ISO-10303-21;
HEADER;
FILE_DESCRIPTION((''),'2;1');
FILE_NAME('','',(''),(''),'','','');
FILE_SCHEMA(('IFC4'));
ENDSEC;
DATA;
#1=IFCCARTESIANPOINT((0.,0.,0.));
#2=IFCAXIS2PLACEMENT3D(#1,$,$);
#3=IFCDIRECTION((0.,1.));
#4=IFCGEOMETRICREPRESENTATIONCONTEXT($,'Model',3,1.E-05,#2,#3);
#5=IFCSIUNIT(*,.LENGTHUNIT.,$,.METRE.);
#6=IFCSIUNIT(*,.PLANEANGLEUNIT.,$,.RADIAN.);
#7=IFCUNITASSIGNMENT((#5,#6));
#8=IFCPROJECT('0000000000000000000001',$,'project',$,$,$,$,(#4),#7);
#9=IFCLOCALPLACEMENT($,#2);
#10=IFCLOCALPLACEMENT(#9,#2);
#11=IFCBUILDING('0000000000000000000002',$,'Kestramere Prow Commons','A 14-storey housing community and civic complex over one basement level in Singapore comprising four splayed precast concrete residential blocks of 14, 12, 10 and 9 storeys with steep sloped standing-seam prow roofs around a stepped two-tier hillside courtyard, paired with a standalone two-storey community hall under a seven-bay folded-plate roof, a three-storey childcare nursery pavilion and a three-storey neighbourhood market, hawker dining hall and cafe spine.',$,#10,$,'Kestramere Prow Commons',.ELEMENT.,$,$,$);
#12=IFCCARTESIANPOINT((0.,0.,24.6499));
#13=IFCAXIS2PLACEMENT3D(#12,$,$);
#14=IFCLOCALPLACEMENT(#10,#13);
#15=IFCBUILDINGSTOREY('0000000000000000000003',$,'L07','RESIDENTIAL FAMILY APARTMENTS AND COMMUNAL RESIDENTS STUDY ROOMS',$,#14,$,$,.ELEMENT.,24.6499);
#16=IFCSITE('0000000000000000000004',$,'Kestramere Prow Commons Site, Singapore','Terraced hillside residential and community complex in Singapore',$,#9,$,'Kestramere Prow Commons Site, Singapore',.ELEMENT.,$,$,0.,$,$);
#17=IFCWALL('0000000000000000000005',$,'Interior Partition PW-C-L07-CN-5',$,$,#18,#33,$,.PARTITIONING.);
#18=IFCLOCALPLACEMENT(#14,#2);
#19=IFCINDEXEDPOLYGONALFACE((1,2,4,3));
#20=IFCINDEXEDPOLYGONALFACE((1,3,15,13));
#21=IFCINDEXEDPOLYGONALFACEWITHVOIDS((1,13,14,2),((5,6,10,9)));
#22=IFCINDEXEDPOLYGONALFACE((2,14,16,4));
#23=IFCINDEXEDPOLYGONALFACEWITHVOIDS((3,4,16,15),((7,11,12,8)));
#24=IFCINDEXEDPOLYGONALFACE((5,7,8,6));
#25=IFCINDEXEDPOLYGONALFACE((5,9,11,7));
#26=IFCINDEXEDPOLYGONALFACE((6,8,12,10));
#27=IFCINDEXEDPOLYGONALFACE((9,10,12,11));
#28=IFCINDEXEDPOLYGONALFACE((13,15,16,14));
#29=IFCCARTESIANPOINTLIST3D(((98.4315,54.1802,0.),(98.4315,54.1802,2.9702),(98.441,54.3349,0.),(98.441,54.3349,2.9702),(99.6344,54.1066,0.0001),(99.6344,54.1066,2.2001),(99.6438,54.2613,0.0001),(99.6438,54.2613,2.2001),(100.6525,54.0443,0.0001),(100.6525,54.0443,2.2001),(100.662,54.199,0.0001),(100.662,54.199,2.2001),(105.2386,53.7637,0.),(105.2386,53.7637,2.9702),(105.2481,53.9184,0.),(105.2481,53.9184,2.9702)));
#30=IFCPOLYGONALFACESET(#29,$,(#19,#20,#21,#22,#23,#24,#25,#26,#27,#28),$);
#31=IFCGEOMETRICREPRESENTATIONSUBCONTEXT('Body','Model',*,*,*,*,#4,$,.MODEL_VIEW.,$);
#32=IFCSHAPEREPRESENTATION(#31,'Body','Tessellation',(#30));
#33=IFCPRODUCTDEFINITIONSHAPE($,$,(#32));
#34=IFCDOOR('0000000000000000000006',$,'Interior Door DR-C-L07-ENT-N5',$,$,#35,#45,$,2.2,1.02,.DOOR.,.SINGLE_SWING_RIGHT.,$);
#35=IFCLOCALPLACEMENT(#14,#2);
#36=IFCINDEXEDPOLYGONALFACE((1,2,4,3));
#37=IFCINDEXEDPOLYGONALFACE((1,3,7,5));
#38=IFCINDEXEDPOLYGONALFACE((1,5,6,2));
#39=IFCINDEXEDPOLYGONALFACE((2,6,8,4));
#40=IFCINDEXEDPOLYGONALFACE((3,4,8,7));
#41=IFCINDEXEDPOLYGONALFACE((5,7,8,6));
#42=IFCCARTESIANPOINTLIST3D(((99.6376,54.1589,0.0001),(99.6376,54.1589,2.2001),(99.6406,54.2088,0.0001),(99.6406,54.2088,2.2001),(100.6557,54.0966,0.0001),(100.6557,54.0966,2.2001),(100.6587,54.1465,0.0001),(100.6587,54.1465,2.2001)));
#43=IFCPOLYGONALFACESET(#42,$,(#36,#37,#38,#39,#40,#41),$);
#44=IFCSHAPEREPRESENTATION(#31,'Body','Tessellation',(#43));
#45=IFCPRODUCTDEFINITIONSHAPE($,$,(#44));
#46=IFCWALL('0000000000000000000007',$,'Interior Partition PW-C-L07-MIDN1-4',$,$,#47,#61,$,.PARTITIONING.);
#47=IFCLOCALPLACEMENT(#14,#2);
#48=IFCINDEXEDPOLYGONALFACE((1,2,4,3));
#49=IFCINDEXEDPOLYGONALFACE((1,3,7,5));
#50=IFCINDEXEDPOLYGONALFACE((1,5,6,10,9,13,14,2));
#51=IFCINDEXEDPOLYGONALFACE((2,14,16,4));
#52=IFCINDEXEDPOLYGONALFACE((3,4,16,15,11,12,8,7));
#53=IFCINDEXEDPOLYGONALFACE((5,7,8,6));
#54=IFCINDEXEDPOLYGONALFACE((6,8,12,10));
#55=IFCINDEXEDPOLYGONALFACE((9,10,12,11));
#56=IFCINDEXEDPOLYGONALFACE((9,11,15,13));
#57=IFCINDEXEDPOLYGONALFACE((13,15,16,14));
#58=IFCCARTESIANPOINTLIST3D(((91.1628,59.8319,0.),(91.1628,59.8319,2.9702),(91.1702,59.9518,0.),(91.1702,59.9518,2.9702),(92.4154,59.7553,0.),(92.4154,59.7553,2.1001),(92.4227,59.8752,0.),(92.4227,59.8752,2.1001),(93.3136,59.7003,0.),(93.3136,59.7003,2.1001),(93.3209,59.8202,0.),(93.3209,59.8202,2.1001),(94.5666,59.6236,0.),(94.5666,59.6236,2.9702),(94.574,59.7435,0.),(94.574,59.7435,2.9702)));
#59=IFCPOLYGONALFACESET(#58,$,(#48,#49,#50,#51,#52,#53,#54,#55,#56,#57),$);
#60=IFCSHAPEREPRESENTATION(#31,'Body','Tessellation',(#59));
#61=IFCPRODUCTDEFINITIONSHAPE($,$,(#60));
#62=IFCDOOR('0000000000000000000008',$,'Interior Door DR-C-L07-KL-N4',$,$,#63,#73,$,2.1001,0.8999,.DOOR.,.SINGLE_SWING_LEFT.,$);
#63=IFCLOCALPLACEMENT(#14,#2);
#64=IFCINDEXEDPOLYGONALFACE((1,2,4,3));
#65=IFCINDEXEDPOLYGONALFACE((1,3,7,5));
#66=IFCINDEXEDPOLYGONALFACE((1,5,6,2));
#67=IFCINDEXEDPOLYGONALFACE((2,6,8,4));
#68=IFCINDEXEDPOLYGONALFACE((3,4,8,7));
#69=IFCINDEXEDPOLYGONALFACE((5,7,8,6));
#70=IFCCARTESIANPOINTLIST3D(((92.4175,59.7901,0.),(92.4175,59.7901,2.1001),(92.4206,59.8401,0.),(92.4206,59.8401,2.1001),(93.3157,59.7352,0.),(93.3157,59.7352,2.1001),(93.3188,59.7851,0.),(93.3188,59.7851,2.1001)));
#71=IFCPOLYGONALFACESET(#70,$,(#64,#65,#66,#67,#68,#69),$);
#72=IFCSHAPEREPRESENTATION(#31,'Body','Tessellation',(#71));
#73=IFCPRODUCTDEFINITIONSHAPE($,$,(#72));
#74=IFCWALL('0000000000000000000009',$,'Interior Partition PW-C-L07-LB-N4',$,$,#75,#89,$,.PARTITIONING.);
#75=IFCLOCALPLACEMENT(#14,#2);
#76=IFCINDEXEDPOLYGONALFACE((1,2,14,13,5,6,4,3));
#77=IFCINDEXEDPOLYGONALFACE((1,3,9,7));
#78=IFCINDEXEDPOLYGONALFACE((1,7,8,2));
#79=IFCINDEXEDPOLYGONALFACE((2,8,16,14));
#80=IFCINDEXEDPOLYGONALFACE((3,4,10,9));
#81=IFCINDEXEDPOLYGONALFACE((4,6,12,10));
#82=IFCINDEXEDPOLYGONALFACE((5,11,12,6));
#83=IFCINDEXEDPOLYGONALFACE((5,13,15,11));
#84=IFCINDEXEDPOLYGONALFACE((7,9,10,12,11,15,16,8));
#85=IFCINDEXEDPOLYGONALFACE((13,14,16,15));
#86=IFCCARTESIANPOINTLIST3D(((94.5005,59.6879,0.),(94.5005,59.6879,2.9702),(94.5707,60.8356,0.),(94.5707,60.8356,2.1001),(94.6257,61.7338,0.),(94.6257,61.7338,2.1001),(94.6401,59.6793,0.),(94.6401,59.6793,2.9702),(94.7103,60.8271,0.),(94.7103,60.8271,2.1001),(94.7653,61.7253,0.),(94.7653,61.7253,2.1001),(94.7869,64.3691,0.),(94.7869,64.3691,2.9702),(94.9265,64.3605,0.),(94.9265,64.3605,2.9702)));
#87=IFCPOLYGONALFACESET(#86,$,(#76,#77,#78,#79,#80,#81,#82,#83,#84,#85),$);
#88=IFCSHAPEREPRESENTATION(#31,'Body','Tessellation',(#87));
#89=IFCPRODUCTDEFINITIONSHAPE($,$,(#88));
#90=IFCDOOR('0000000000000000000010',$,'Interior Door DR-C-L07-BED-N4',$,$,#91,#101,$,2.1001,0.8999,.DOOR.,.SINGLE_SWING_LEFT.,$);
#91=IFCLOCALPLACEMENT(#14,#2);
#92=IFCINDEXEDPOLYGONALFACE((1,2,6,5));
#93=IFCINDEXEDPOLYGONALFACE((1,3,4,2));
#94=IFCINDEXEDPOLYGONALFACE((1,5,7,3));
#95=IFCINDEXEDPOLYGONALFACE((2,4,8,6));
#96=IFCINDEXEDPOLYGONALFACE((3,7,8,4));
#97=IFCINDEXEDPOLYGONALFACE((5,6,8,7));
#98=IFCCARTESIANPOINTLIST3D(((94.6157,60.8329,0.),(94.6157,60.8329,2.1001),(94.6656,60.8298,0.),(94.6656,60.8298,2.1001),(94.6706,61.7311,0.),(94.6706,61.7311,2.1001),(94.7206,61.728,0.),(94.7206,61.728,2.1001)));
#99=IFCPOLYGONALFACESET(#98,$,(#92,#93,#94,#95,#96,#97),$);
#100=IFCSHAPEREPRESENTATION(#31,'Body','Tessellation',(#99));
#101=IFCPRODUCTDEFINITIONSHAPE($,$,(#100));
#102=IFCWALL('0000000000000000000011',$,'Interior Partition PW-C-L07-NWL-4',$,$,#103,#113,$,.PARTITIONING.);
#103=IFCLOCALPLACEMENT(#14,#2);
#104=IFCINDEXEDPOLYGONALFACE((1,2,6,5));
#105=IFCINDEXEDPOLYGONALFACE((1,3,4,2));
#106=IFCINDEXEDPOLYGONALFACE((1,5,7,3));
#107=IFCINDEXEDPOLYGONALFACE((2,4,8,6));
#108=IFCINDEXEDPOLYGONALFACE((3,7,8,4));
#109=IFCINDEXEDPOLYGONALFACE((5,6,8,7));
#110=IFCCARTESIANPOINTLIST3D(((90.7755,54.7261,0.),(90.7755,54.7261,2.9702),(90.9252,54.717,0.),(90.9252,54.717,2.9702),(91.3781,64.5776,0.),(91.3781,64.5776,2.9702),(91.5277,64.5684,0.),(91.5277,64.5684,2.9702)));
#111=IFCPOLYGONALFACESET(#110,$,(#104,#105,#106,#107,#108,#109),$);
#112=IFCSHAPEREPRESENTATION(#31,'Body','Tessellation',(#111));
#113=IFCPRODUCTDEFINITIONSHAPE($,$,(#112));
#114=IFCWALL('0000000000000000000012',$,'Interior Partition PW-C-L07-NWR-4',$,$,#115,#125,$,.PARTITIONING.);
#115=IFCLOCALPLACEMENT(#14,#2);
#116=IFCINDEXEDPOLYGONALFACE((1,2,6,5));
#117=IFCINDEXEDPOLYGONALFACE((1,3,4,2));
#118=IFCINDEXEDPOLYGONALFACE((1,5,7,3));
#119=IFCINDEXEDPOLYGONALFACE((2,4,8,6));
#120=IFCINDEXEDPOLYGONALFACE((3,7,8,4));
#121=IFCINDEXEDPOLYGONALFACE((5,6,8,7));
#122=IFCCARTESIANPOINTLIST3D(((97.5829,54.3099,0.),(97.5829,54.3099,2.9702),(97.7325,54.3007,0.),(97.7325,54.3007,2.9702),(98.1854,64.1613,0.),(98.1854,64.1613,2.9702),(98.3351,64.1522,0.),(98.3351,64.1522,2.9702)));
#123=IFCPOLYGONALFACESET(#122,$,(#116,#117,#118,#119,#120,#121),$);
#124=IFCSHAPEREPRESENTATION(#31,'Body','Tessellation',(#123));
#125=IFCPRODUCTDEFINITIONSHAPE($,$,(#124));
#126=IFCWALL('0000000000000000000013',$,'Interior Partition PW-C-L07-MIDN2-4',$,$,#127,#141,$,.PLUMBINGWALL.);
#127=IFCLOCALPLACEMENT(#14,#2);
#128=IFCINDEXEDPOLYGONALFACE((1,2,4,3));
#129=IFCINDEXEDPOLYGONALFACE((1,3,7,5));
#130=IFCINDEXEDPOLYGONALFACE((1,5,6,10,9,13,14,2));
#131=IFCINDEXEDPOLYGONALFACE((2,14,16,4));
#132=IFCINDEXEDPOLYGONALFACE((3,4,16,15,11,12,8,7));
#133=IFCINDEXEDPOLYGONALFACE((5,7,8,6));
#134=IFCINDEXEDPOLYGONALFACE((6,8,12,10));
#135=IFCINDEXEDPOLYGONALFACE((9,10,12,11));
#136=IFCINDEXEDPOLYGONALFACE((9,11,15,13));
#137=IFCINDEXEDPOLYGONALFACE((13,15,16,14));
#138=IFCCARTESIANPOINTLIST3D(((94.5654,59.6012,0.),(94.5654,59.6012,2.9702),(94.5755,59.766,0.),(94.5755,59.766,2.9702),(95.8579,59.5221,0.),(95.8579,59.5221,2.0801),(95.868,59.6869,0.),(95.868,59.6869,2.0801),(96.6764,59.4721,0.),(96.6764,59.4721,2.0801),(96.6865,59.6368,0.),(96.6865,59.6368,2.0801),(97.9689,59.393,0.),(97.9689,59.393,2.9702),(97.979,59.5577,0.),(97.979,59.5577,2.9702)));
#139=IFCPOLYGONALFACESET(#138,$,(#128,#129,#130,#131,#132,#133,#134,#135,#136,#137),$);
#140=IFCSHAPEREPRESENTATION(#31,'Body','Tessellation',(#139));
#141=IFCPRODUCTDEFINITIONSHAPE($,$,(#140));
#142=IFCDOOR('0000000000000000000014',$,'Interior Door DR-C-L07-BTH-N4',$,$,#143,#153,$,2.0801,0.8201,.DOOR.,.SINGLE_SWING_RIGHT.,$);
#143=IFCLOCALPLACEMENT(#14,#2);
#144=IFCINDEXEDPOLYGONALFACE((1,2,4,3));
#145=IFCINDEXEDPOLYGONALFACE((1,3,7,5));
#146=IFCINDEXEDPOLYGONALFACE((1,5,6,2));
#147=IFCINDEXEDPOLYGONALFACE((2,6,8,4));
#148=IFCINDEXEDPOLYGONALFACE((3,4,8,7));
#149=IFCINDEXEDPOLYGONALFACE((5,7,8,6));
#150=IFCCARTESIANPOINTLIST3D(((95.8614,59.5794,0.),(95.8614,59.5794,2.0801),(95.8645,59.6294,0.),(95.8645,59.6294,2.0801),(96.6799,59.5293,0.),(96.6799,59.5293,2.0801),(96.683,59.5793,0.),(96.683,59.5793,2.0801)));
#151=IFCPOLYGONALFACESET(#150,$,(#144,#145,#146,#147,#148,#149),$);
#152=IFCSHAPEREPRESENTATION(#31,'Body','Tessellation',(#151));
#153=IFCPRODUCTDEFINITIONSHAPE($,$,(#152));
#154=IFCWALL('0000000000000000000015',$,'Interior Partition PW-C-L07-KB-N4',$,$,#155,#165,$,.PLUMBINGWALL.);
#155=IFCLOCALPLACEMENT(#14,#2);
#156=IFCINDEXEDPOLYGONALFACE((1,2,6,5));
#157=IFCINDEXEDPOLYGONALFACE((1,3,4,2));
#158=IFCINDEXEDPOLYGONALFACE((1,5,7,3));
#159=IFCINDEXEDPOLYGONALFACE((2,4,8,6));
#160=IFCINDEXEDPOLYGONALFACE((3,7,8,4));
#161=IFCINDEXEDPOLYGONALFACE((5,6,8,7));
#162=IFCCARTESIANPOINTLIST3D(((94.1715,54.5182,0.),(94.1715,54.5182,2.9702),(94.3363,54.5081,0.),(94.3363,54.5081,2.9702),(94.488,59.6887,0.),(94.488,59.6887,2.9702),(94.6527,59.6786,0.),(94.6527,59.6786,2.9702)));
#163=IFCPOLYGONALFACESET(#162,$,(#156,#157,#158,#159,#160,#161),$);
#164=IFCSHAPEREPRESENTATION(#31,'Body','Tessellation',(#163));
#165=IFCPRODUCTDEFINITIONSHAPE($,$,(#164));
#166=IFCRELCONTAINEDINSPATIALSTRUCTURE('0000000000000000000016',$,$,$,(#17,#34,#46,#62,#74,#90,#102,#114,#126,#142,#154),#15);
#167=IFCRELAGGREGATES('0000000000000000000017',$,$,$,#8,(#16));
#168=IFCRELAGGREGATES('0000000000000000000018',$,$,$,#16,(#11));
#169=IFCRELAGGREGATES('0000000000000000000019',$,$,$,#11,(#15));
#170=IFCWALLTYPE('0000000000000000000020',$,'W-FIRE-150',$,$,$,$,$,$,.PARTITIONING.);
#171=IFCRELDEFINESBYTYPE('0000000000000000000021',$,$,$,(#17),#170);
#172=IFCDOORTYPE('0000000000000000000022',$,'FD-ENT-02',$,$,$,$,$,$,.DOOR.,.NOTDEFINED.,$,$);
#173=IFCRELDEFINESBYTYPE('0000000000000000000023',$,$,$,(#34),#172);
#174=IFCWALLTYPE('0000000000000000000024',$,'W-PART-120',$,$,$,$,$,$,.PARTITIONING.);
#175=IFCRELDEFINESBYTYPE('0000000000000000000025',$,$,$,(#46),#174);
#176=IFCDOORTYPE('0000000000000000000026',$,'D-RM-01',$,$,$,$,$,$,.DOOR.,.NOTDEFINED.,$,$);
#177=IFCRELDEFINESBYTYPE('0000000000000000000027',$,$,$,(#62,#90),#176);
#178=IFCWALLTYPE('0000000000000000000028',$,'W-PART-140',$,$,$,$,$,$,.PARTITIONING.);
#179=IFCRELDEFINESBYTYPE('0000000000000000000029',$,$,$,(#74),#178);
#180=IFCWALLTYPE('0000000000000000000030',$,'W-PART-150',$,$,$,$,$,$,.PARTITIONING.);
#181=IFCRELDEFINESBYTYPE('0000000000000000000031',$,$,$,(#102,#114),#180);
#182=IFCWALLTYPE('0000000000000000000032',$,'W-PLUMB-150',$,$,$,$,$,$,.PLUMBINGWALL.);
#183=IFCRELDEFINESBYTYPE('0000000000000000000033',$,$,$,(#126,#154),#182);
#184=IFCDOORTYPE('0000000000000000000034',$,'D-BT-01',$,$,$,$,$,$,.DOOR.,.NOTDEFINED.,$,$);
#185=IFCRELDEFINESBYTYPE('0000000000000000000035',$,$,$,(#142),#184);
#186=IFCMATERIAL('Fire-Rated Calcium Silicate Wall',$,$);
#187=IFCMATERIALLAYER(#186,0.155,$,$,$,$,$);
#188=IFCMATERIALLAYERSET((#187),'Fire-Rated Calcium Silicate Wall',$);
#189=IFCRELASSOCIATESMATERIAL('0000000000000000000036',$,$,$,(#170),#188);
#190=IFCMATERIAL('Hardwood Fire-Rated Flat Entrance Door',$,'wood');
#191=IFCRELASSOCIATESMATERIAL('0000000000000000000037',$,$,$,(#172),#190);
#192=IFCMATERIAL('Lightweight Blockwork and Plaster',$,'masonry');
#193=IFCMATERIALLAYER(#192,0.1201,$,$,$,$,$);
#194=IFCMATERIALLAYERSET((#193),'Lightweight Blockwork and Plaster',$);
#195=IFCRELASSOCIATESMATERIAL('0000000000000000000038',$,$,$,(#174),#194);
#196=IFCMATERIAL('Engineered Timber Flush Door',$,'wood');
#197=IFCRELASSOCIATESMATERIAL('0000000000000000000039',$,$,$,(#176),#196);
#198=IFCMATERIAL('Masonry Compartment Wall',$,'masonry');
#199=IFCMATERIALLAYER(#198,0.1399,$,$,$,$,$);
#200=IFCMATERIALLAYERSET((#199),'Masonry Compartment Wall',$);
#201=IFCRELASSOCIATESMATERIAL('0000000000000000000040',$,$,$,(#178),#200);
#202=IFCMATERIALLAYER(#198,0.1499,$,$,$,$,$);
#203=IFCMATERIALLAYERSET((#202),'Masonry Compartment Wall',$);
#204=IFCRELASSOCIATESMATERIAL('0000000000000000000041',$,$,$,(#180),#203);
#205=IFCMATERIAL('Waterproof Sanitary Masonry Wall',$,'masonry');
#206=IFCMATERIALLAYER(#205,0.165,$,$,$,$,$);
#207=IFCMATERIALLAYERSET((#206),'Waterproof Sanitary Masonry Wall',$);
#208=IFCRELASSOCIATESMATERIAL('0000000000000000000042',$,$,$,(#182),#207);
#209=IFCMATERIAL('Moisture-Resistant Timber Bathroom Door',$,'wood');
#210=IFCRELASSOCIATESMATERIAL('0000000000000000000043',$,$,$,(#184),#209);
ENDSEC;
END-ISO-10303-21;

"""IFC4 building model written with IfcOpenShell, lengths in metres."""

from ifc_helpers import new_model, si_unit, direction, frame, frame_2d, origin, place, context, subcontext, project, spatial, rectangle, extrude, material, layer, layer_set, type_object, element, fill, save


model = new_model("IFC4")

# Units and contexts
model_context = context("Model", 3, precision=1e-05, world=origin(), true_north=direction((0.0, 1.0)))
body_context = subcontext(model_context, "Body", "Model", "MODEL_VIEW")
ifc_project = project(units=[si_unit("LENGTHUNIT", "METRE"), si_unit("PLANEANGLEUNIT", "RADIAN")], contexts=[model_context])

# Site, building, storey
site_placement = place(None, origin())
site = spatial("IfcSite", under=ifc_project, at=site_placement, Name="Kestramere Prow Commons Site, Singapore", Description="Terraced hillside residential and community complex in Singapore", LongName="Kestramere Prow Commons Site, Singapore", CompositionType="ELEMENT", RefElevation=0.0)
building_placement = place(site_placement, origin())
building = spatial("IfcBuilding", under=site, at=building_placement, Name="Kestramere Prow Commons", Description="A 14-storey housing community and civic complex over one basement level in Singapore comprising four splayed precast concrete residential blocks of 14, 12, 10 and 9 storeys with steep sloped standing-seam prow roofs around a stepped two-tier hillside courtyard, paired with a standalone two-storey community hall under a seven-bay folded-plate roof, a three-storey childcare nursery pavilion and a three-storey neighbourhood market, hawker dining hall and cafe spine.", LongName="Kestramere Prow Commons", CompositionType="ELEMENT")
storey_placement = place(building_placement, frame((0.0, 0.0, 24.6499)))
storey = spatial("IfcBuildingStorey", under=building, at=storey_placement, Name="L07", Description="RESIDENTIAL FAMILY APARTMENTS AND COMMUNAL RESIDENTS STUDY ROOMS", CompositionType="ELEMENT", Elevation=24.6499)

# Walls, openings, doors
ifc_material_1 = material(Name="Fire-Rated Calcium Silicate Wall")
ifc_layer_1 = layer(ifc_material_1, 0.155)
ifc_layer_set_1 = layer_set([ifc_layer_1], Name="Fire-Rated Calcium Silicate Wall")
wall_type_1 = type_object("IfcWallType", Name="W-FIRE-150", PredefinedType="PARTITIONING", material=ifc_layer_set_1)
ifc_material_2 = material(Name="Hardwood Fire-Rated Flat Entrance Door", Category="wood")
wall_1_placement = place(storey_placement, frame((98.4363, 54.2576, 0.0), z_axis=(0.0, 0.0, 1.0), x_axis=(0.998133, -0.061072, 0.0)))
wall_1 = element("IfcWall", 1, at=wall_1_placement, inside=storey, type_object=wall_type_1, Name="Interior Partition PW-C-L07-CN-5", PredefinedType="PARTITIONING", context=body_context, shape_type="SweptSolid", body=[
    extrude(rectangle(XDim=6.8198, YDim=0.155, at=frame_2d((3.4099, 0.0))), origin(), (0.0, 0.0, 1.0), 2.9702),
])
opening_1_placement = place(wall_1_placement, frame((1.2051, 0.0, 0.0)))
opening_1 = element("IfcOpeningElement", 2, at=opening_1_placement, cuts=wall_1, PredefinedType="OPENING", context=body_context, shape_type="SweptSolid", body=[
    extrude(rectangle(XDim=1.02, YDim=2.2, at=frame_2d((0.51, 1.1001))), frame((0.0, 0.0925, 0.0), z_axis=(0.0, -1.0, 0.0), x_axis=(1.0, 0.0, 0.0)), (0.0, 0.0, 1.0), 0.1851),
])
door_type_1 = type_object("IfcDoorType", Name="FD-ENT-02", OperationType="NOTDEFINED", PredefinedType="DOOR", material=ifc_material_2)
door_1_placement = place(opening_1_placement, origin())
door_1 = element("IfcDoor", 3, at=door_1_placement, inside=storey, type_object=door_type_1, Name="Interior Door DR-C-L07-ENT-N5", OperationType="SINGLE_SWING_RIGHT", OverallHeight=2.2, OverallWidth=1.02, PredefinedType="DOOR", context=body_context, shape_type="SweptSolid", body=[
    extrude(rectangle(XDim=1.02, YDim=2.2, at=frame_2d((0.51, 1.1001))), frame((0.0, 0.0249, 0.0), z_axis=(0.0, -1.0, 0.0), x_axis=(1.0, 0.0, 0.0)), (0.0, 0.0, 1.0), 0.05),
])
fill(opening_1, door_1)
ifc_material_3 = material(Name="Lightweight Blockwork and Plaster", Category="masonry")
ifc_layer_2 = layer(ifc_material_3, 0.1201)
ifc_layer_set_2 = layer_set([ifc_layer_2], Name="Lightweight Blockwork and Plaster")
wall_type_2 = type_object("IfcWallType", Name="W-PART-120", PredefinedType="PARTITIONING", material=ifc_layer_set_2)
wall_2_placement = place(storey_placement, frame((91.1665, 59.8918, 0.0), z_axis=(0.0, 0.0, 1.0), x_axis=(0.998134, -0.061068, 0.0)))
wall_2 = element("IfcWall", 4, at=wall_2_placement, inside=storey, type_object=wall_type_2, Name="Interior Partition PW-C-L07-MIDN1-4", PredefinedType="PARTITIONING", context=body_context, shape_type="SweptSolid", body=[
    extrude(rectangle(XDim=3.4102, YDim=0.1201, at=frame_2d((1.7051, 0.0))), origin(), (0.0, 0.0, 1.0), 2.9702),
])
opening_2_placement = place(wall_2_placement, frame((1.2549, 0.0, 0.0)))
opening_2 = element("IfcOpeningElement", 5, at=opening_2_placement, cuts=wall_2, PredefinedType="OPENING", context=body_context, shape_type="SweptSolid", body=[
    extrude(rectangle(XDim=0.8999, YDim=2.1001, at=frame_2d((0.45, 1.05))), frame((0.0, 0.075, 0.0), z_axis=(0.0, -1.0, 0.0), x_axis=(1.0, 0.0, 0.0)), (0.0, 0.0, 1.0), 0.1501),
])
ifc_material_4 = material(Name="Engineered Timber Flush Door", Category="wood")
door_type_2 = type_object("IfcDoorType", Name="D-RM-01", OperationType="NOTDEFINED", PredefinedType="DOOR", material=ifc_material_4)
door_2_placement = place(opening_2_placement, origin())
door_2 = element("IfcDoor", 6, at=door_2_placement, inside=storey, type_object=door_type_2, Name="Interior Door DR-C-L07-KL-N4", OperationType="SINGLE_SWING_LEFT", OverallHeight=2.1001, OverallWidth=0.8999, PredefinedType="DOOR", context=body_context, shape_type="SweptSolid", body=[
    extrude(rectangle(XDim=0.8999, YDim=2.1001, at=frame_2d((0.45, 1.05))), frame((0.0, 0.0249, 0.0), z_axis=(0.0, -1.0, 0.0), x_axis=(1.0, 0.0, 0.0)), (0.0, 0.0, 1.0), 0.05),
])
fill(opening_2, door_2)
ifc_material_5 = material(Name="Masonry Compartment Wall", Category="masonry")
ifc_layer_3 = layer(ifc_material_5, 0.1399)
ifc_layer_set_3 = layer_set([ifc_layer_3], Name="Masonry Compartment Wall")
wall_type_3 = type_object("IfcWallType", Name="W-PART-140", PredefinedType="PARTITIONING", material=ifc_layer_set_3)
wall_3_placement = place(storey_placement, frame((94.5703, 59.6836, 0.0), z_axis=(0.0, 0.0, 1.0), x_axis=(0.061062, 0.998134, 0.0)))
wall_3 = element("IfcWall", 7, at=wall_3_placement, inside=storey, type_object=wall_type_3, Name="Interior Partition PW-C-L07-LB-N4", PredefinedType="PARTITIONING", context=body_context, shape_type="SweptSolid", body=[
    extrude(rectangle(XDim=4.6899, YDim=0.1399, at=frame_2d((2.345, 0.0))), origin(), (0.0, 0.0, 1.0), 2.9702),
])
opening_3_placement = place(wall_3_placement, frame((1.1499, 0.0, 0.0)))
opening_3 = element("IfcOpeningElement", 8, at=opening_3_placement, cuts=wall_3, PredefinedType="OPENING", context=body_context, shape_type="SweptSolid", body=[
    extrude(rectangle(XDim=0.8999, YDim=2.1001, at=frame_2d((0.45, 1.05))), frame((0.0, 0.085, 0.0), z_axis=(0.0, -1.0, 0.0), x_axis=(1.0, 0.0, 0.0)), (0.0, 0.0, 1.0), 0.1699),
])
door_3_placement = place(opening_3_placement, origin())
door_3 = element("IfcDoor", 9, at=door_3_placement, inside=storey, type_object=door_type_2, Name="Interior Door DR-C-L07-BED-N4", OperationType="SINGLE_SWING_LEFT", OverallHeight=2.1001, OverallWidth=0.8999, PredefinedType="DOOR", context=body_context, shape_type="SweptSolid", body=[
    extrude(rectangle(XDim=0.8999, YDim=2.1001, at=frame_2d((0.45, 1.05))), frame((0.0, 0.0249, 0.0), z_axis=(0.0, -1.0, 0.0), x_axis=(1.0, 0.0, 0.0)), (0.0, 0.0, 1.0), 0.05),
])
fill(opening_3, door_3)

# Walls
ifc_layer_4 = layer(ifc_material_5, 0.1499)
ifc_layer_set_4 = layer_set([ifc_layer_4], Name="Masonry Compartment Wall")
wall_type_4 = type_object("IfcWallType", Name="W-PART-150", PredefinedType="PARTITIONING", material=ifc_layer_set_4)
for number, where, z_axis, x_axis, name in (
    (10, (90.8503, 54.7214, 0.0), (0.0, 0.0, 1.0), (0.061048, 0.998135, 0.0), "Interior Partition PW-C-L07-NWL-4"),
    (11, (97.6577, 54.3052, 0.0), (0.0, 0.0, 1.0), (0.061048, 0.998135, 0.0), "Interior Partition PW-C-L07-NWR-4"),
):
    element("IfcWall", number, at=place(storey_placement, frame(where, z_axis=z_axis, x_axis=x_axis)), inside=storey, type_object=wall_type_4, Name=name, PredefinedType="PARTITIONING", context=body_context, shape_type="SweptSolid", body=[
        extrude(rectangle(XDim=9.8699, YDim=0.1499, at=frame_2d((4.9351, 0.0))), origin(), (0.0, 0.0, 1.0), 2.9702),
    ])

# Wall, opening, door
ifc_material_6 = material(Name="Waterproof Sanitary Masonry Wall", Category="masonry")
ifc_layer_5 = layer(ifc_material_6, 0.165)
ifc_layer_set_5 = layer_set([ifc_layer_5], Name="Waterproof Sanitary Masonry Wall")
wall_type_5 = type_object("IfcWallType", Name="W-PLUMB-150", PredefinedType="PLUMBINGWALL", material=ifc_layer_set_5)
wall_4_placement = place(storey_placement, frame((94.5703, 59.6836, 0.0), z_axis=(0.0, 0.0, 1.0), x_axis=(0.998133, -0.061072, 0.0)))
wall_4 = element("IfcWall", 12, at=wall_4_placement, inside=storey, type_object=wall_type_5, Name="Interior Partition PW-C-L07-MIDN2-4", PredefinedType="PLUMBINGWALL", context=body_context, shape_type="SweptSolid", body=[
    extrude(rectangle(XDim=3.4099, YDim=0.165, at=frame_2d((1.7051, 0.0))), origin(), (0.0, 0.0, 1.0), 2.9702),
])
opening_4_placement = place(wall_4_placement, frame((1.2949, 0.0, 0.0)))
opening_4 = element("IfcOpeningElement", 13, at=opening_4_placement, cuts=wall_4, PredefinedType="OPENING", context=body_context, shape_type="SweptSolid", body=[
    extrude(rectangle(XDim=0.8201, YDim=2.0801, at=frame_2d((0.4102, 1.04))), frame((0.0, 0.0974, 0.0), z_axis=(0.0, -1.0, 0.0), x_axis=(1.0, 0.0, 0.0)), (0.0, 0.0, 1.0), 0.1951),
])
ifc_material_7 = material(Name="Moisture-Resistant Timber Bathroom Door", Category="wood")
door_type_3 = type_object("IfcDoorType", Name="D-BT-01", OperationType="NOTDEFINED", PredefinedType="DOOR", material=ifc_material_7)
door_4_placement = place(opening_4_placement, origin())
door_4 = element("IfcDoor", 14, at=door_4_placement, inside=storey, type_object=door_type_3, Name="Interior Door DR-C-L07-BTH-N4", OperationType="SINGLE_SWING_RIGHT", OverallHeight=2.0801, OverallWidth=0.8201, PredefinedType="DOOR", context=body_context, shape_type="SweptSolid", body=[
    extrude(rectangle(XDim=0.8201, YDim=2.0801, at=frame_2d((0.4102, 1.04))), frame((0.0, 0.0249, 0.0), z_axis=(0.0, -1.0, 0.0), x_axis=(1.0, 0.0, 0.0)), (0.0, 0.0, 1.0), 0.05),
])
fill(opening_4, door_4)

# Wall
wall_5_placement = place(storey_placement, frame((94.2539, 54.5132, 0.0), z_axis=(0.0, 0.0, 1.0), x_axis=(0.061081, 0.998133, 0.0)))
element("IfcWall", 15, at=wall_5_placement, inside=storey, type_object=wall_type_5, Name="Interior Partition PW-C-L07-KB-N4", PredefinedType="PLUMBINGWALL", context=body_context, shape_type="SweptSolid", body=[
    extrude(rectangle(XDim=5.1802, YDim=0.165, at=frame_2d((2.5901, 0.0))), origin(), (0.0, 0.0, 1.0), 2.9702),
])

save(model, "model.ifc")
